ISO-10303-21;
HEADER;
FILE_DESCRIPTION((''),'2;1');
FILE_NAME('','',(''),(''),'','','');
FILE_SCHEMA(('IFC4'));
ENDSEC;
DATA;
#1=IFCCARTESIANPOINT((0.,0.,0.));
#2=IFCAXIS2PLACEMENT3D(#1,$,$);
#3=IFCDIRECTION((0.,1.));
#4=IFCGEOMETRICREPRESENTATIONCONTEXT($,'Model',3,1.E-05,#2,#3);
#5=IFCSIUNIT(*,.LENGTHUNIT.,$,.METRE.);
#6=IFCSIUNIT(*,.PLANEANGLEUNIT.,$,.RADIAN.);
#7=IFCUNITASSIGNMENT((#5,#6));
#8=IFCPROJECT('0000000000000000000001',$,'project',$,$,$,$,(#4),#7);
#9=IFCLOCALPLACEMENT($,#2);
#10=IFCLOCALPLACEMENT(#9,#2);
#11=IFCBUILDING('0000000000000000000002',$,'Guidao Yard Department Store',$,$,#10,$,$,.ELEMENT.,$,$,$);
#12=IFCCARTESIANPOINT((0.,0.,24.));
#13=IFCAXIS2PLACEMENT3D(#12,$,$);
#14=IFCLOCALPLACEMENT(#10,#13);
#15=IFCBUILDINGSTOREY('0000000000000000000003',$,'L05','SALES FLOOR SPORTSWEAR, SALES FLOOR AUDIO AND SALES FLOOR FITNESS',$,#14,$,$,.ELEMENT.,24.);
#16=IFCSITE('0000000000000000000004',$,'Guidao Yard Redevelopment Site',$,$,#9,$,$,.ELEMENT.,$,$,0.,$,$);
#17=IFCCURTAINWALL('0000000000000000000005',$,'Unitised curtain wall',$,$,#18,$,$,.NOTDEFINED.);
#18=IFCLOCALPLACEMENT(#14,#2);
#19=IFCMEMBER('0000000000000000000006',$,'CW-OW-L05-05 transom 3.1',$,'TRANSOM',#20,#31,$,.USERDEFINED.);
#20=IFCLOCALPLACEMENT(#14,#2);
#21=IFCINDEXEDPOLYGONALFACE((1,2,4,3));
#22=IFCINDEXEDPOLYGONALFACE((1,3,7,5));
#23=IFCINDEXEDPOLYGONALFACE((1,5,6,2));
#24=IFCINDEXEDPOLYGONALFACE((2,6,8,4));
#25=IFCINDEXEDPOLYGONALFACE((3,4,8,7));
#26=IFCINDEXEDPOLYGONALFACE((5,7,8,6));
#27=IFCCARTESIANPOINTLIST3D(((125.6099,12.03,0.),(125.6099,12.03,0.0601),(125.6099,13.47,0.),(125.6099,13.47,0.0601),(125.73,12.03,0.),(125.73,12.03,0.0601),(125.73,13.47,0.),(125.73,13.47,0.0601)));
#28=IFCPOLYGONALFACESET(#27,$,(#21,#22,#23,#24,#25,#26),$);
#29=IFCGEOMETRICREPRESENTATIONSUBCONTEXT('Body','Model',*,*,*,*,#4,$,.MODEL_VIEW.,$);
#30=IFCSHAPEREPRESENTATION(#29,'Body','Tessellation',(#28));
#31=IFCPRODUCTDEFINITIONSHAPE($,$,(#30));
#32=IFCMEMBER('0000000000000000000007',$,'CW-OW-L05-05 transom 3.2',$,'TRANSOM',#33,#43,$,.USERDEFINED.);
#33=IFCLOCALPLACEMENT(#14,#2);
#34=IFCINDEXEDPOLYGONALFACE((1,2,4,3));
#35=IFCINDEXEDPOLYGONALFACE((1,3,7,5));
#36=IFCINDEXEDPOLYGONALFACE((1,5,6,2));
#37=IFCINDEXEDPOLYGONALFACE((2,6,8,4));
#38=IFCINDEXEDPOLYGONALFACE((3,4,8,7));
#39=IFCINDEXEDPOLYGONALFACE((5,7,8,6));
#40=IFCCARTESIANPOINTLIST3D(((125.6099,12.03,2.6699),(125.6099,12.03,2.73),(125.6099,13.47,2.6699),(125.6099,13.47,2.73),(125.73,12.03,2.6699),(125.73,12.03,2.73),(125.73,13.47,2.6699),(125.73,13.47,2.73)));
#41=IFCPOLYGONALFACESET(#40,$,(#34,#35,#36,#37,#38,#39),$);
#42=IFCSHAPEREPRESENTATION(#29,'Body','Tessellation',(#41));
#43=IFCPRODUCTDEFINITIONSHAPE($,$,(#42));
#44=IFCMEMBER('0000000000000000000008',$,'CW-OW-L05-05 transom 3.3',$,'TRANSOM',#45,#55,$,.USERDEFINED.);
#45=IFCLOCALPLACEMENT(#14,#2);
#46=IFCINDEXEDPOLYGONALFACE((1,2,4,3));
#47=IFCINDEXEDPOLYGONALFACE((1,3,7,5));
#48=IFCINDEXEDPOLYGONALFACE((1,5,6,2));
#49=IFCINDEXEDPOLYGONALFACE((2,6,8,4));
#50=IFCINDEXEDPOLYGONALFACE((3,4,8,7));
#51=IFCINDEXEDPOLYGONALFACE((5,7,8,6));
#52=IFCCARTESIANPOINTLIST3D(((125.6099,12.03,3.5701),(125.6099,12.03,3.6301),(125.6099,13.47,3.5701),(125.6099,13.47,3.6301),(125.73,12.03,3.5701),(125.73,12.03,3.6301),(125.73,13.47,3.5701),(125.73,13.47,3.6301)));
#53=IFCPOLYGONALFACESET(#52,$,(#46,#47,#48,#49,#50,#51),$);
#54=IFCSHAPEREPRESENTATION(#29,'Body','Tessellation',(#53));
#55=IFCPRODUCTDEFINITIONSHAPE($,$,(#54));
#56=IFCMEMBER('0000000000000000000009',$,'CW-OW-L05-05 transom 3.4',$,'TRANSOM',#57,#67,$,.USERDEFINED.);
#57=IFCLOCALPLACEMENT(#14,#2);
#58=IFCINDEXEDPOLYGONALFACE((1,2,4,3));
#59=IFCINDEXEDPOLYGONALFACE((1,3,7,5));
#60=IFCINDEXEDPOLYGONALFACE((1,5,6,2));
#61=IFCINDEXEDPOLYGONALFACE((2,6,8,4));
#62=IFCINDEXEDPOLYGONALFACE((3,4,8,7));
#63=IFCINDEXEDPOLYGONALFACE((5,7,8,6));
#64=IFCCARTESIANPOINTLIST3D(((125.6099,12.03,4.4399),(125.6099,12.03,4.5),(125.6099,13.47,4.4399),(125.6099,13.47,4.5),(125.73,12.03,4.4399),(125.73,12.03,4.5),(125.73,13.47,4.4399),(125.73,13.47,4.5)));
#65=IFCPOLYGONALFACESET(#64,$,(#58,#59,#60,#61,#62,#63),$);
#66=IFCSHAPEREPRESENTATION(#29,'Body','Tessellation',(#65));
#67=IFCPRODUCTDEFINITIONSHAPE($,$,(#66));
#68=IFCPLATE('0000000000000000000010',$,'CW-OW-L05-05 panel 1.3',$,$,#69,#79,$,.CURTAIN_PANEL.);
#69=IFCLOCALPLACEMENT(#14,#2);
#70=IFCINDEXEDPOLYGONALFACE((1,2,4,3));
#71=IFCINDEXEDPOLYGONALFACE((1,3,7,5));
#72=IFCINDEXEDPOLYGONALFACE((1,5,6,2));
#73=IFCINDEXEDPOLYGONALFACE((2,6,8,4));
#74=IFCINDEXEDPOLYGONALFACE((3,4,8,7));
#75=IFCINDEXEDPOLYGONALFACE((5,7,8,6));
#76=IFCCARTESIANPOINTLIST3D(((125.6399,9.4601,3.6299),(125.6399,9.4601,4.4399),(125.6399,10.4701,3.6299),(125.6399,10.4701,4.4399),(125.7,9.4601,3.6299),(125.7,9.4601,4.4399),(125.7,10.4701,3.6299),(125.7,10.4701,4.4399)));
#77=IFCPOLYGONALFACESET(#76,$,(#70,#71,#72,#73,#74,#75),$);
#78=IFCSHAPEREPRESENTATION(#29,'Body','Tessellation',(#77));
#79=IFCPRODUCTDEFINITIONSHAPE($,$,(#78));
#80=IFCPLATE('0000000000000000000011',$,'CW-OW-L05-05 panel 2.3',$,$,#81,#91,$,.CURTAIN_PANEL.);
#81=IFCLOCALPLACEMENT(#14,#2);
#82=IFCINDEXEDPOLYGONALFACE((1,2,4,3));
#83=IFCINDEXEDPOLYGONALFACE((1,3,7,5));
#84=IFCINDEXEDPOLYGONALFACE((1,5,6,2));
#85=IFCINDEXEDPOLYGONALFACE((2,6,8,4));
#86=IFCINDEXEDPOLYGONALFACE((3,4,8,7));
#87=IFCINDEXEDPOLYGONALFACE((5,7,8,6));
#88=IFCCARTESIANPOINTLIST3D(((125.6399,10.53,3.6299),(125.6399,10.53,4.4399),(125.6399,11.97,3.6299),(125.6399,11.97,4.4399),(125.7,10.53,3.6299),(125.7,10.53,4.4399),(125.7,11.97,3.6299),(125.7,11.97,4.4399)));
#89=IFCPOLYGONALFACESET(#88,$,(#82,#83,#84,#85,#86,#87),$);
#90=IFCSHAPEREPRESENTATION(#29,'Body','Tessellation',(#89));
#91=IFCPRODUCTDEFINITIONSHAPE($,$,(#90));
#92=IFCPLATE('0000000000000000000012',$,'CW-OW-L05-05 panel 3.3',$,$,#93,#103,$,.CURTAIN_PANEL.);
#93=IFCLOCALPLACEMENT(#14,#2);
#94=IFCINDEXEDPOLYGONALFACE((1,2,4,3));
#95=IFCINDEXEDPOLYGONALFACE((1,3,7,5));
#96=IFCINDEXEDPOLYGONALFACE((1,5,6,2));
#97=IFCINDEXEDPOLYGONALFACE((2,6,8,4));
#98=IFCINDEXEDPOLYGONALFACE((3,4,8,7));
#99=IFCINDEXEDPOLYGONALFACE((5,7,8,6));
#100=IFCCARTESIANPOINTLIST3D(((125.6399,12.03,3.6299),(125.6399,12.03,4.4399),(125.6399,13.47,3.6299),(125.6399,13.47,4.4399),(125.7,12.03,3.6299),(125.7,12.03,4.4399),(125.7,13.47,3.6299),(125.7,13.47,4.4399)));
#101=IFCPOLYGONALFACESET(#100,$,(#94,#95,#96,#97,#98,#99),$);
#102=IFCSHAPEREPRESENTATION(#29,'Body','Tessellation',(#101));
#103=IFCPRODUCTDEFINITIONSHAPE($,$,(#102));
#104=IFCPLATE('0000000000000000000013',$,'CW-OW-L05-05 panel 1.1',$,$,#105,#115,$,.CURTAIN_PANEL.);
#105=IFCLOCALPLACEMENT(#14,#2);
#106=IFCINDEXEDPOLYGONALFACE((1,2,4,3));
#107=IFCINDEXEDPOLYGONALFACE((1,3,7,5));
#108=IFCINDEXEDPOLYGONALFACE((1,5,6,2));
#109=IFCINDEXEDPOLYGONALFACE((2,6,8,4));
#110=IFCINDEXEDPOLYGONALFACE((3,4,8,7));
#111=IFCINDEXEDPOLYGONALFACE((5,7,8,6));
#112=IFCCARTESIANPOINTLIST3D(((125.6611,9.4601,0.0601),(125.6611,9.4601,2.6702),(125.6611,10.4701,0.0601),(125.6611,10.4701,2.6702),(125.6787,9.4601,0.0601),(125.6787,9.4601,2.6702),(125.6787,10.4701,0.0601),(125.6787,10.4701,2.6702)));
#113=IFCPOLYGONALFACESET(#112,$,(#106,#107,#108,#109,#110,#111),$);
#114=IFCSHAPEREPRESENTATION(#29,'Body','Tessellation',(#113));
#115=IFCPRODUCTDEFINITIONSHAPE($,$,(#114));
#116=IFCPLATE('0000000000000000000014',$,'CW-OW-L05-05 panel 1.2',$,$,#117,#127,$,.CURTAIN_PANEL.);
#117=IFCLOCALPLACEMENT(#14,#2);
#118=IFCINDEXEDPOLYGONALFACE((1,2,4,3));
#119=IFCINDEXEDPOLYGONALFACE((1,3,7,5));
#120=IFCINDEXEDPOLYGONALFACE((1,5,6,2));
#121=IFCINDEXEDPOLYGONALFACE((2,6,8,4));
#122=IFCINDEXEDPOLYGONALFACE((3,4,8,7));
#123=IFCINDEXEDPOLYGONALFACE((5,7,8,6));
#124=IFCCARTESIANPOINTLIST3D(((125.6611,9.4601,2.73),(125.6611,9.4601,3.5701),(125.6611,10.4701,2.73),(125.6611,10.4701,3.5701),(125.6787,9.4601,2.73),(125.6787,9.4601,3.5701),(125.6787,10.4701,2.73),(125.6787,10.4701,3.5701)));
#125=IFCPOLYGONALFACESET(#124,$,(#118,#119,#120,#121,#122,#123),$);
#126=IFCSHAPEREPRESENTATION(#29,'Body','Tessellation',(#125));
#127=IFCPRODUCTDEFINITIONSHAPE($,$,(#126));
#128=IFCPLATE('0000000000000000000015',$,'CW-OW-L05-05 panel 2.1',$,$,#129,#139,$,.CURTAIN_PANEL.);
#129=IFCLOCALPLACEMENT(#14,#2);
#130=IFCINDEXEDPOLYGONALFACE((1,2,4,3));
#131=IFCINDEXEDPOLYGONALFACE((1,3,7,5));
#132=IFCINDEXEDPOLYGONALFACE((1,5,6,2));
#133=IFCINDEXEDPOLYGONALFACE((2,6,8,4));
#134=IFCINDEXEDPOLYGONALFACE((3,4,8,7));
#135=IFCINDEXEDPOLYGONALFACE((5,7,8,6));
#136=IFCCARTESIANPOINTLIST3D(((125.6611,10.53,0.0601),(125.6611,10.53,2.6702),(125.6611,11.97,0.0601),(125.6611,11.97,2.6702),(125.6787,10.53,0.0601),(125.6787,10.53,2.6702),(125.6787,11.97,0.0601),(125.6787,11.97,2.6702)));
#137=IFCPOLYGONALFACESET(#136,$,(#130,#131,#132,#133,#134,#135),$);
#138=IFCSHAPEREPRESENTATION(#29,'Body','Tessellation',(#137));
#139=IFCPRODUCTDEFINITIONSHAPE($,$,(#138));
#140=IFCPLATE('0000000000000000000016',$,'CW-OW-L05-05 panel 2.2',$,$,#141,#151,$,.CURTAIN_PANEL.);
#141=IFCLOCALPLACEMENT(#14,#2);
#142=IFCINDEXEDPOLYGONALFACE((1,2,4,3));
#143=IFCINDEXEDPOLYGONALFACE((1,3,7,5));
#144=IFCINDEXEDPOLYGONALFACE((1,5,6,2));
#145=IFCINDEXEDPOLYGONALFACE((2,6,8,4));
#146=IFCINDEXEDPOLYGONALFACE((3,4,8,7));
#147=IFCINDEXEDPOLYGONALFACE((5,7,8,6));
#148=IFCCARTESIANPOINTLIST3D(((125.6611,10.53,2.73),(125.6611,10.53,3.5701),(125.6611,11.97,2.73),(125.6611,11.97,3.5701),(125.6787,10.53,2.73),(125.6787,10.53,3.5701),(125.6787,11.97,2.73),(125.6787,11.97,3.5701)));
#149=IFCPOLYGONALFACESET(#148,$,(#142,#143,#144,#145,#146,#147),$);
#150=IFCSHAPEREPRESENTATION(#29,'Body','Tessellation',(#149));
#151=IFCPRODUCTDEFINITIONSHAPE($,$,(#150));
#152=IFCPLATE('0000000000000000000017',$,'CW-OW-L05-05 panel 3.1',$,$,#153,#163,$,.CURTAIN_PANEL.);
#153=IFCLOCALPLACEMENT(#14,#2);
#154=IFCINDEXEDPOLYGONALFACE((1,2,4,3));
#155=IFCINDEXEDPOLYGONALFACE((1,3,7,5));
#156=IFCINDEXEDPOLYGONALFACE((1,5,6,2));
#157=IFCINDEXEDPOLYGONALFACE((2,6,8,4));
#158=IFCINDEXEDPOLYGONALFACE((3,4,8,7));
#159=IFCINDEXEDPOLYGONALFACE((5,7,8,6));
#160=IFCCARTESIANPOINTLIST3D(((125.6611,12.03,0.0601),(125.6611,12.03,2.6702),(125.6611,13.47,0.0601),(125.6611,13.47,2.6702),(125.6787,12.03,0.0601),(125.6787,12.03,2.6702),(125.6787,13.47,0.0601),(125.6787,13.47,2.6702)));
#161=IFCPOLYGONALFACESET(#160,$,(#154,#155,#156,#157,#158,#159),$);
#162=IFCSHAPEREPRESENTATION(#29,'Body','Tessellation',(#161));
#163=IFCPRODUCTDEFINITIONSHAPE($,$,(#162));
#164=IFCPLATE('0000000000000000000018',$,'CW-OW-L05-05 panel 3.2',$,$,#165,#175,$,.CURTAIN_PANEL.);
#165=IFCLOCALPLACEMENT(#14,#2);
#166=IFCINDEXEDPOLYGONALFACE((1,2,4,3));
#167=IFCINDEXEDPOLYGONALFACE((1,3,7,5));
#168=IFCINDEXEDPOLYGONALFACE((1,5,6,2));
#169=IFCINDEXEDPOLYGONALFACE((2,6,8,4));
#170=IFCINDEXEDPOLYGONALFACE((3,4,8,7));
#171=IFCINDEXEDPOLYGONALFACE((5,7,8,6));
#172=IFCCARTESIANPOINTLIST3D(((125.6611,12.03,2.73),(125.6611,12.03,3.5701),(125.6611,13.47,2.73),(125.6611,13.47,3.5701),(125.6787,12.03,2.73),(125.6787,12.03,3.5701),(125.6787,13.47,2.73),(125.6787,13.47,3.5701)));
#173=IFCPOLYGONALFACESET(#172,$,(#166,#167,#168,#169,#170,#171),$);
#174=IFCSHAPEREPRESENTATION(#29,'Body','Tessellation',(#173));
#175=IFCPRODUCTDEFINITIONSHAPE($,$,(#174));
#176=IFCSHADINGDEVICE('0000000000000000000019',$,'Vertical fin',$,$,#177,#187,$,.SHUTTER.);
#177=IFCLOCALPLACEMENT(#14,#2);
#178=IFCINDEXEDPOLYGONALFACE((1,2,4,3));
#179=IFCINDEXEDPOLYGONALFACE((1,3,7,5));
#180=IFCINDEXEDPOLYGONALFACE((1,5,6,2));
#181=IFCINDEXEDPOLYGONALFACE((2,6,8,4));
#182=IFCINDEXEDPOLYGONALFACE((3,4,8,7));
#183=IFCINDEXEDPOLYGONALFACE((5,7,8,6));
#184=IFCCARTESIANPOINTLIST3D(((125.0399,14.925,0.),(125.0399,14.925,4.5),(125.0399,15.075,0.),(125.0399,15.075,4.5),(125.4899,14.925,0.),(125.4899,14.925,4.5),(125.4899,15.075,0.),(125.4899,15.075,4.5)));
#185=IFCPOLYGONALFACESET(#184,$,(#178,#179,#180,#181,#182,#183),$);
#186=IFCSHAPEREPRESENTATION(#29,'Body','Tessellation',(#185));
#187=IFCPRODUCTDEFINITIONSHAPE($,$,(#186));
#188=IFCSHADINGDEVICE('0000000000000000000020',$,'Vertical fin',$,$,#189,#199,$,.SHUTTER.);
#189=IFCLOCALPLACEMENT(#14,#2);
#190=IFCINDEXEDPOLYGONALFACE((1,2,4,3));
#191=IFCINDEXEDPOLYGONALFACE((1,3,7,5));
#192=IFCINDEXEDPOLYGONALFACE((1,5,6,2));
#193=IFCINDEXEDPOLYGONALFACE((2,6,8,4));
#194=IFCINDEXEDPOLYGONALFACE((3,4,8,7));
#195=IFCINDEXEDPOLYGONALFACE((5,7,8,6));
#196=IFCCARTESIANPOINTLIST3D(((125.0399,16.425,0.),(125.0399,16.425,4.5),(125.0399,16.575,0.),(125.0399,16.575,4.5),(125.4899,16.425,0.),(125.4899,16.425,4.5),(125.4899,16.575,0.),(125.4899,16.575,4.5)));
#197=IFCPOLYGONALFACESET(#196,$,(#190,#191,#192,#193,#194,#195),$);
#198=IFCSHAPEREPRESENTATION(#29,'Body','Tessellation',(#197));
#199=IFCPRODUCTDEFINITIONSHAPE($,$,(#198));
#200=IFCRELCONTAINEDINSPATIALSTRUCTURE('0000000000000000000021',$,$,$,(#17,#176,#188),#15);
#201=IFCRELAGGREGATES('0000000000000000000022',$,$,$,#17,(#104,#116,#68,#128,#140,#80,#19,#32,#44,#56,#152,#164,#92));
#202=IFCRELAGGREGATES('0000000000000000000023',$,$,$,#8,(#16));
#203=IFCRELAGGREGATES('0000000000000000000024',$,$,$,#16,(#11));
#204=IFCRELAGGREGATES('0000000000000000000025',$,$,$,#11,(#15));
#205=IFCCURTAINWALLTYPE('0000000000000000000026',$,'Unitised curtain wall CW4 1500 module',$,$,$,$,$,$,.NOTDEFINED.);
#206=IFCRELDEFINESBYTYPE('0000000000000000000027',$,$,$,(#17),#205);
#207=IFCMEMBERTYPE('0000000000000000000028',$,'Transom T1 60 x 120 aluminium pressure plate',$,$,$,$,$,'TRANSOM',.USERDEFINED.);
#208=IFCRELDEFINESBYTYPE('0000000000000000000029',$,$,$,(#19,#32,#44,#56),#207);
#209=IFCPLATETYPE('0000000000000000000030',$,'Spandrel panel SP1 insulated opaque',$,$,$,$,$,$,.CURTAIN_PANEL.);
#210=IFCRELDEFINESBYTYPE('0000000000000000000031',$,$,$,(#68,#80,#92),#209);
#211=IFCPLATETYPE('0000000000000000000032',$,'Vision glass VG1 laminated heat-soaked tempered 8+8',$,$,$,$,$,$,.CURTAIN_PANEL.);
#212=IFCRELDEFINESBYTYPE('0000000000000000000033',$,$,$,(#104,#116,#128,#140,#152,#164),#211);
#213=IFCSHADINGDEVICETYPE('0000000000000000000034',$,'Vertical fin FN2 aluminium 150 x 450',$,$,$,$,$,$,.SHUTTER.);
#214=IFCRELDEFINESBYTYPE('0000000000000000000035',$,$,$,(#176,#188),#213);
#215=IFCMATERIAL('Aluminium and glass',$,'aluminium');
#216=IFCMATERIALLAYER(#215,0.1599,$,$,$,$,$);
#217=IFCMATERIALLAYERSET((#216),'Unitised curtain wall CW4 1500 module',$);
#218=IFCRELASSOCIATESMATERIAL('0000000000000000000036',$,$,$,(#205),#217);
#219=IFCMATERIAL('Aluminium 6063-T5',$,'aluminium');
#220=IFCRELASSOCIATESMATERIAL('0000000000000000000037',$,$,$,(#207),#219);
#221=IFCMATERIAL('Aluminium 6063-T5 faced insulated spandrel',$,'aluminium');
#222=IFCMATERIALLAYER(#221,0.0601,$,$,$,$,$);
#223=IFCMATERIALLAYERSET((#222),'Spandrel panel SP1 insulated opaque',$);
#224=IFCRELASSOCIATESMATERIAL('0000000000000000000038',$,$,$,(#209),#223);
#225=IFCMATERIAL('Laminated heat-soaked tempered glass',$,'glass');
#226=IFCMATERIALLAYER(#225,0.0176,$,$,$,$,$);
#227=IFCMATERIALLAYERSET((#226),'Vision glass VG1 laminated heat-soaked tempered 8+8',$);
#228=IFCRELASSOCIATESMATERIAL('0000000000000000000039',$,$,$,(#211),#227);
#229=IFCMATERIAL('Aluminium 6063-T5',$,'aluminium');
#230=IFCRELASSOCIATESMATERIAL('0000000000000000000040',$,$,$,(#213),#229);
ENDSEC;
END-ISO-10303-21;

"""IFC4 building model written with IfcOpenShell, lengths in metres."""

from ifc_helpers import new_model, si_unit, direction, frame, origin, origin_2d, place, context, subcontext, project, spatial, rectangle, extrude, material, layer, layer_set, material_profile, profile_set, type_object, element, aggregate, save


model = new_model("IFC4")

# Units and contexts
model_context = context("Model", 3, precision=1e-05, world=origin(), true_north=direction((0.0, 1.0)))
body_context = subcontext(model_context, "Body", "Model", "MODEL_VIEW")
ifc_project = project(units=[si_unit("LENGTHUNIT", "METRE"), si_unit("PLANEANGLEUNIT", "RADIAN")], contexts=[model_context])

# Site, building, storey
site_placement = place(None, origin())
site = spatial("IfcSite", under=ifc_project, at=site_placement, Name="Guidao Yard Redevelopment Site", CompositionType="ELEMENT", RefElevation=0.0)
building_placement = place(site_placement, origin())
building = spatial("IfcBuilding", under=site, at=building_placement, Name="Guidao Yard Department Store", CompositionType="ELEMENT")
storey_placement = place(building_placement, frame((0.0, 0.0, 24.0)))
storey = spatial("IfcBuildingStorey", under=building, at=storey_placement, Name="L05", Description="SALES FLOOR SPORTSWEAR, SALES FLOOR AUDIO AND SALES FLOOR FITNESS", CompositionType="ELEMENT", Elevation=24.0)

# Curtain wall, members, plates
ifc_material_1 = material(Name="Aluminium and glass", Category="aluminium")
ifc_layer_1 = layer(ifc_material_1, 0.1599)
ifc_layer_set_1 = layer_set([ifc_layer_1], Name="Unitised curtain wall CW4 1500 module")
curtain_wall_type = type_object("IfcCurtainWallType", Name="Unitised curtain wall CW4 1500 module", PredefinedType="NOTDEFINED", material=ifc_layer_set_1)
curtain_wall_placement = place(storey_placement, origin())
curtain_wall = element("IfcCurtainWall", 1, at=curtain_wall_placement, inside=storey, type_object=curtain_wall_type, Name="Unitised curtain wall", PredefinedType="NOTDEFINED")
ifc_material_2 = material(Name="Aluminium 6063-T5", Category="aluminium")
ifc_material_profile_1 = material_profile(ifc_material_2, rectangle(XDim=0.1201, YDim=0.0601, at=origin_2d()), Name="Transom T1 60 x 120 aluminium pressure plate")
ifc_profile_set_1 = profile_set([ifc_material_profile_1], Name="Aluminium 6063-T5")
member_type_1 = type_object("IfcMemberType", Name="Transom T1 60 x 120 aluminium pressure plate", ElementType="TRANSOM", PredefinedType="USERDEFINED", material=ifc_profile_set_1)
member_1_placement = place(storey_placement, frame((125.6699, 12.03, 0.03), z_axis=(0.0, 1.0, 0.0), x_axis=(-1.0, 0.0, 0.0)))
member_1 = element("IfcMember", 2, at=member_1_placement, type_object=member_type_1, Name="CW-OW-L05-05 transom 3.1", ObjectType="TRANSOM", PredefinedType="USERDEFINED", context=body_context, shape_type="SweptSolid", body=[
    extrude(rectangle(XDim=0.1201, YDim=0.0601, at=origin_2d()), origin(), (0.0, 0.0, 1.0), 1.4399),
])
member_2_placement = place(storey_placement, frame((125.6699, 12.03, 2.7), z_axis=(0.0, 1.0, 0.0), x_axis=(-1.0, 0.0, 0.0)))
member_2 = element("IfcMember", 3, at=member_2_placement, type_object=member_type_1, Name="CW-OW-L05-05 transom 3.2", ObjectType="TRANSOM", PredefinedType="USERDEFINED", context=body_context, shape_type="SweptSolid", body=[
    extrude(rectangle(XDim=0.1201, YDim=0.0601, at=origin_2d()), origin(), (0.0, 0.0, 1.0), 1.4399),
])
member_3_placement = place(storey_placement, frame((125.6699, 12.03, 3.6001), z_axis=(0.0, 1.0, 0.0), x_axis=(-1.0, 0.0, 0.0)))
member_3 = element("IfcMember", 4, at=member_3_placement, type_object=member_type_1, Name="CW-OW-L05-05 transom 3.3", ObjectType="TRANSOM", PredefinedType="USERDEFINED", context=body_context, shape_type="SweptSolid", body=[
    extrude(rectangle(XDim=0.1201, YDim=0.0601, at=origin_2d()), origin(), (0.0, 0.0, 1.0), 1.4399),
])
member_4_placement = place(storey_placement, frame((125.6699, 12.03, 4.47), z_axis=(0.0, 1.0, 0.0), x_axis=(-1.0, 0.0, 0.0)))
member_4 = element("IfcMember", 5, at=member_4_placement, type_object=member_type_1, Name="CW-OW-L05-05 transom 3.4", ObjectType="TRANSOM", PredefinedType="USERDEFINED", context=body_context, shape_type="SweptSolid", body=[
    extrude(rectangle(XDim=0.1201, YDim=0.0601, at=origin_2d()), origin(), (0.0, 0.0, 1.0), 1.4399),
])
ifc_material_3 = material(Name="Aluminium 6063-T5 faced insulated spandrel", Category="aluminium")
ifc_layer_2 = layer(ifc_material_3, 0.0601)
ifc_layer_set_2 = layer_set([ifc_layer_2], Name="Spandrel panel SP1 insulated opaque")
plate_type_1 = type_object("IfcPlateType", Name="Spandrel panel SP1 insulated opaque", PredefinedType="CURTAIN_PANEL", material=ifc_layer_set_2)
plate_1_placement = place(storey_placement, frame((125.6699, 9.9651, 3.6299), z_axis=(0.0, 0.0, 1.0), x_axis=(0.0, 1.0, 0.0)))
plate_1 = element("IfcPlate", 6, at=plate_1_placement, type_object=plate_type_1, Name="CW-OW-L05-05 panel 1.3", PredefinedType="CURTAIN_PANEL", context=body_context, shape_type="SweptSolid", body=[
    extrude(rectangle(XDim=1.01, YDim=0.0601, at=origin_2d()), origin(), (0.0, 0.0, 1.0), 0.8101),
])
plate_2_placement = place(storey_placement, frame((125.6699, 11.25, 3.6299), z_axis=(0.0, 0.0, 1.0), x_axis=(0.0, 1.0, 0.0)))
plate_2 = element("IfcPlate", 7, at=plate_2_placement, type_object=plate_type_1, Name="CW-OW-L05-05 panel 2.3", PredefinedType="CURTAIN_PANEL", context=body_context, shape_type="SweptSolid", body=[
    extrude(rectangle(XDim=1.4399, YDim=0.0601, at=origin_2d()), origin(), (0.0, 0.0, 1.0), 0.8101),
])
plate_3_placement = place(storey_placement, frame((125.6699, 12.75, 3.6299), z_axis=(0.0, 0.0, 1.0), x_axis=(0.0, 1.0, 0.0)))
plate_3 = element("IfcPlate", 8, at=plate_3_placement, type_object=plate_type_1, Name="CW-OW-L05-05 panel 3.3", PredefinedType="CURTAIN_PANEL", context=body_context, shape_type="SweptSolid", body=[
    extrude(rectangle(XDim=1.4399, YDim=0.0601, at=origin_2d()), origin(), (0.0, 0.0, 1.0), 0.8101),
])
ifc_material_4 = material(Name="Laminated heat-soaked tempered glass", Category="glass")
ifc_layer_3 = layer(ifc_material_4, 0.0176)
ifc_layer_set_3 = layer_set([ifc_layer_3], Name="Vision glass VG1 laminated heat-soaked tempered 8+8")
plate_type_2 = type_object("IfcPlateType", Name="Vision glass VG1 laminated heat-soaked tempered 8+8", PredefinedType="CURTAIN_PANEL", material=ifc_layer_set_3)
plate_4_placement = place(storey_placement, frame((125.6699, 9.9651, 0.0601), z_axis=(0.0, 0.0, 1.0), x_axis=(0.0, 1.0, 0.0)))
plate_4 = element("IfcPlate", 9, at=plate_4_placement, type_object=plate_type_2, Name="CW-OW-L05-05 panel 1.1", PredefinedType="CURTAIN_PANEL", context=body_context, shape_type="SweptSolid", body=[
    extrude(rectangle(XDim=1.01, YDim=0.0176, at=origin_2d()), origin(), (0.0, 0.0, 1.0), 2.6101),
])
plate_5_placement = place(storey_placement, frame((125.6699, 9.9651, 2.73), z_axis=(0.0, 0.0, 1.0), x_axis=(0.0, 1.0, 0.0)))
plate_5 = element("IfcPlate", 10, at=plate_5_placement, type_object=plate_type_2, Name="CW-OW-L05-05 panel 1.2", PredefinedType="CURTAIN_PANEL", context=body_context, shape_type="SweptSolid", body=[
    extrude(rectangle(XDim=1.01, YDim=0.0176, at=origin_2d()), origin(), (0.0, 0.0, 1.0), 0.8401),
])
plate_6_placement = place(storey_placement, frame((125.6699, 11.25, 0.0601), z_axis=(0.0, 0.0, 1.0), x_axis=(0.0, 1.0, 0.0)))
plate_6 = element("IfcPlate", 11, at=plate_6_placement, type_object=plate_type_2, Name="CW-OW-L05-05 panel 2.1", PredefinedType="CURTAIN_PANEL", context=body_context, shape_type="SweptSolid", body=[
    extrude(rectangle(XDim=1.4399, YDim=0.0176, at=origin_2d()), origin(), (0.0, 0.0, 1.0), 2.6101),
])
plate_7_placement = place(storey_placement, frame((125.6699, 11.25, 2.73), z_axis=(0.0, 0.0, 1.0), x_axis=(0.0, 1.0, 0.0)))
plate_7 = element("IfcPlate", 12, at=plate_7_placement, type_object=plate_type_2, Name="CW-OW-L05-05 panel 2.2", PredefinedType="CURTAIN_PANEL", context=body_context, shape_type="SweptSolid", body=[
    extrude(rectangle(XDim=1.4399, YDim=0.0176, at=origin_2d()), origin(), (0.0, 0.0, 1.0), 0.8401),
])
plate_8_placement = place(storey_placement, frame((125.6699, 12.75, 0.0601), z_axis=(0.0, 0.0, 1.0), x_axis=(0.0, 1.0, 0.0)))
plate_8 = element("IfcPlate", 13, at=plate_8_placement, type_object=plate_type_2, Name="CW-OW-L05-05 panel 3.1", PredefinedType="CURTAIN_PANEL", context=body_context, shape_type="SweptSolid", body=[
    extrude(rectangle(XDim=1.4399, YDim=0.0176, at=origin_2d()), origin(), (0.0, 0.0, 1.0), 2.6101),
])
plate_9_placement = place(storey_placement, frame((125.6699, 12.75, 2.73), z_axis=(0.0, 0.0, 1.0), x_axis=(0.0, 1.0, 0.0)))
plate_9 = element("IfcPlate", 14, at=plate_9_placement, type_object=plate_type_2, Name="CW-OW-L05-05 panel 3.2", PredefinedType="CURTAIN_PANEL", context=body_context, shape_type="SweptSolid", body=[
    extrude(rectangle(XDim=1.4399, YDim=0.0176, at=origin_2d()), origin(), (0.0, 0.0, 1.0), 0.8401),
])
aggregate(curtain_wall, [plate_4, plate_5, plate_1, plate_6, plate_7, plate_2, member_1, member_2, member_3, member_4, plate_8, plate_9, plate_3])

# Shading devices
ifc_material_5 = material(Name="Aluminium 6063-T5", Category="aluminium")
shading_device_type = type_object("IfcShadingDeviceType", Name="Vertical fin FN2 aluminium 150 x 450", PredefinedType="SHUTTER", material=ifc_material_5)
for number, where, z_axis, x_axis, name in (
    (15, (125.2649, 15.0, 0.0), (0.0, 0.0, 1.0), (0.0, 1.0, 0.0), "Vertical fin"),
    (16, (125.2649, 16.5, 0.0), (0.0, 0.0, 1.0), (0.0, 1.0, 0.0), "Vertical fin"),
):
    element("IfcShadingDevice", number, at=place(storey_placement, frame(where, z_axis=z_axis, x_axis=x_axis)), inside=storey, type_object=shading_device_type, Name=name, PredefinedType="SHUTTER", context=body_context, shape_type="SweptSolid", body=[
        extrude(rectangle(XDim=0.1499, YDim=0.45, at=origin_2d()), origin(), (0.0, 0.0, 1.0), 4.5),
    ])

save(model, "model.ifc")
